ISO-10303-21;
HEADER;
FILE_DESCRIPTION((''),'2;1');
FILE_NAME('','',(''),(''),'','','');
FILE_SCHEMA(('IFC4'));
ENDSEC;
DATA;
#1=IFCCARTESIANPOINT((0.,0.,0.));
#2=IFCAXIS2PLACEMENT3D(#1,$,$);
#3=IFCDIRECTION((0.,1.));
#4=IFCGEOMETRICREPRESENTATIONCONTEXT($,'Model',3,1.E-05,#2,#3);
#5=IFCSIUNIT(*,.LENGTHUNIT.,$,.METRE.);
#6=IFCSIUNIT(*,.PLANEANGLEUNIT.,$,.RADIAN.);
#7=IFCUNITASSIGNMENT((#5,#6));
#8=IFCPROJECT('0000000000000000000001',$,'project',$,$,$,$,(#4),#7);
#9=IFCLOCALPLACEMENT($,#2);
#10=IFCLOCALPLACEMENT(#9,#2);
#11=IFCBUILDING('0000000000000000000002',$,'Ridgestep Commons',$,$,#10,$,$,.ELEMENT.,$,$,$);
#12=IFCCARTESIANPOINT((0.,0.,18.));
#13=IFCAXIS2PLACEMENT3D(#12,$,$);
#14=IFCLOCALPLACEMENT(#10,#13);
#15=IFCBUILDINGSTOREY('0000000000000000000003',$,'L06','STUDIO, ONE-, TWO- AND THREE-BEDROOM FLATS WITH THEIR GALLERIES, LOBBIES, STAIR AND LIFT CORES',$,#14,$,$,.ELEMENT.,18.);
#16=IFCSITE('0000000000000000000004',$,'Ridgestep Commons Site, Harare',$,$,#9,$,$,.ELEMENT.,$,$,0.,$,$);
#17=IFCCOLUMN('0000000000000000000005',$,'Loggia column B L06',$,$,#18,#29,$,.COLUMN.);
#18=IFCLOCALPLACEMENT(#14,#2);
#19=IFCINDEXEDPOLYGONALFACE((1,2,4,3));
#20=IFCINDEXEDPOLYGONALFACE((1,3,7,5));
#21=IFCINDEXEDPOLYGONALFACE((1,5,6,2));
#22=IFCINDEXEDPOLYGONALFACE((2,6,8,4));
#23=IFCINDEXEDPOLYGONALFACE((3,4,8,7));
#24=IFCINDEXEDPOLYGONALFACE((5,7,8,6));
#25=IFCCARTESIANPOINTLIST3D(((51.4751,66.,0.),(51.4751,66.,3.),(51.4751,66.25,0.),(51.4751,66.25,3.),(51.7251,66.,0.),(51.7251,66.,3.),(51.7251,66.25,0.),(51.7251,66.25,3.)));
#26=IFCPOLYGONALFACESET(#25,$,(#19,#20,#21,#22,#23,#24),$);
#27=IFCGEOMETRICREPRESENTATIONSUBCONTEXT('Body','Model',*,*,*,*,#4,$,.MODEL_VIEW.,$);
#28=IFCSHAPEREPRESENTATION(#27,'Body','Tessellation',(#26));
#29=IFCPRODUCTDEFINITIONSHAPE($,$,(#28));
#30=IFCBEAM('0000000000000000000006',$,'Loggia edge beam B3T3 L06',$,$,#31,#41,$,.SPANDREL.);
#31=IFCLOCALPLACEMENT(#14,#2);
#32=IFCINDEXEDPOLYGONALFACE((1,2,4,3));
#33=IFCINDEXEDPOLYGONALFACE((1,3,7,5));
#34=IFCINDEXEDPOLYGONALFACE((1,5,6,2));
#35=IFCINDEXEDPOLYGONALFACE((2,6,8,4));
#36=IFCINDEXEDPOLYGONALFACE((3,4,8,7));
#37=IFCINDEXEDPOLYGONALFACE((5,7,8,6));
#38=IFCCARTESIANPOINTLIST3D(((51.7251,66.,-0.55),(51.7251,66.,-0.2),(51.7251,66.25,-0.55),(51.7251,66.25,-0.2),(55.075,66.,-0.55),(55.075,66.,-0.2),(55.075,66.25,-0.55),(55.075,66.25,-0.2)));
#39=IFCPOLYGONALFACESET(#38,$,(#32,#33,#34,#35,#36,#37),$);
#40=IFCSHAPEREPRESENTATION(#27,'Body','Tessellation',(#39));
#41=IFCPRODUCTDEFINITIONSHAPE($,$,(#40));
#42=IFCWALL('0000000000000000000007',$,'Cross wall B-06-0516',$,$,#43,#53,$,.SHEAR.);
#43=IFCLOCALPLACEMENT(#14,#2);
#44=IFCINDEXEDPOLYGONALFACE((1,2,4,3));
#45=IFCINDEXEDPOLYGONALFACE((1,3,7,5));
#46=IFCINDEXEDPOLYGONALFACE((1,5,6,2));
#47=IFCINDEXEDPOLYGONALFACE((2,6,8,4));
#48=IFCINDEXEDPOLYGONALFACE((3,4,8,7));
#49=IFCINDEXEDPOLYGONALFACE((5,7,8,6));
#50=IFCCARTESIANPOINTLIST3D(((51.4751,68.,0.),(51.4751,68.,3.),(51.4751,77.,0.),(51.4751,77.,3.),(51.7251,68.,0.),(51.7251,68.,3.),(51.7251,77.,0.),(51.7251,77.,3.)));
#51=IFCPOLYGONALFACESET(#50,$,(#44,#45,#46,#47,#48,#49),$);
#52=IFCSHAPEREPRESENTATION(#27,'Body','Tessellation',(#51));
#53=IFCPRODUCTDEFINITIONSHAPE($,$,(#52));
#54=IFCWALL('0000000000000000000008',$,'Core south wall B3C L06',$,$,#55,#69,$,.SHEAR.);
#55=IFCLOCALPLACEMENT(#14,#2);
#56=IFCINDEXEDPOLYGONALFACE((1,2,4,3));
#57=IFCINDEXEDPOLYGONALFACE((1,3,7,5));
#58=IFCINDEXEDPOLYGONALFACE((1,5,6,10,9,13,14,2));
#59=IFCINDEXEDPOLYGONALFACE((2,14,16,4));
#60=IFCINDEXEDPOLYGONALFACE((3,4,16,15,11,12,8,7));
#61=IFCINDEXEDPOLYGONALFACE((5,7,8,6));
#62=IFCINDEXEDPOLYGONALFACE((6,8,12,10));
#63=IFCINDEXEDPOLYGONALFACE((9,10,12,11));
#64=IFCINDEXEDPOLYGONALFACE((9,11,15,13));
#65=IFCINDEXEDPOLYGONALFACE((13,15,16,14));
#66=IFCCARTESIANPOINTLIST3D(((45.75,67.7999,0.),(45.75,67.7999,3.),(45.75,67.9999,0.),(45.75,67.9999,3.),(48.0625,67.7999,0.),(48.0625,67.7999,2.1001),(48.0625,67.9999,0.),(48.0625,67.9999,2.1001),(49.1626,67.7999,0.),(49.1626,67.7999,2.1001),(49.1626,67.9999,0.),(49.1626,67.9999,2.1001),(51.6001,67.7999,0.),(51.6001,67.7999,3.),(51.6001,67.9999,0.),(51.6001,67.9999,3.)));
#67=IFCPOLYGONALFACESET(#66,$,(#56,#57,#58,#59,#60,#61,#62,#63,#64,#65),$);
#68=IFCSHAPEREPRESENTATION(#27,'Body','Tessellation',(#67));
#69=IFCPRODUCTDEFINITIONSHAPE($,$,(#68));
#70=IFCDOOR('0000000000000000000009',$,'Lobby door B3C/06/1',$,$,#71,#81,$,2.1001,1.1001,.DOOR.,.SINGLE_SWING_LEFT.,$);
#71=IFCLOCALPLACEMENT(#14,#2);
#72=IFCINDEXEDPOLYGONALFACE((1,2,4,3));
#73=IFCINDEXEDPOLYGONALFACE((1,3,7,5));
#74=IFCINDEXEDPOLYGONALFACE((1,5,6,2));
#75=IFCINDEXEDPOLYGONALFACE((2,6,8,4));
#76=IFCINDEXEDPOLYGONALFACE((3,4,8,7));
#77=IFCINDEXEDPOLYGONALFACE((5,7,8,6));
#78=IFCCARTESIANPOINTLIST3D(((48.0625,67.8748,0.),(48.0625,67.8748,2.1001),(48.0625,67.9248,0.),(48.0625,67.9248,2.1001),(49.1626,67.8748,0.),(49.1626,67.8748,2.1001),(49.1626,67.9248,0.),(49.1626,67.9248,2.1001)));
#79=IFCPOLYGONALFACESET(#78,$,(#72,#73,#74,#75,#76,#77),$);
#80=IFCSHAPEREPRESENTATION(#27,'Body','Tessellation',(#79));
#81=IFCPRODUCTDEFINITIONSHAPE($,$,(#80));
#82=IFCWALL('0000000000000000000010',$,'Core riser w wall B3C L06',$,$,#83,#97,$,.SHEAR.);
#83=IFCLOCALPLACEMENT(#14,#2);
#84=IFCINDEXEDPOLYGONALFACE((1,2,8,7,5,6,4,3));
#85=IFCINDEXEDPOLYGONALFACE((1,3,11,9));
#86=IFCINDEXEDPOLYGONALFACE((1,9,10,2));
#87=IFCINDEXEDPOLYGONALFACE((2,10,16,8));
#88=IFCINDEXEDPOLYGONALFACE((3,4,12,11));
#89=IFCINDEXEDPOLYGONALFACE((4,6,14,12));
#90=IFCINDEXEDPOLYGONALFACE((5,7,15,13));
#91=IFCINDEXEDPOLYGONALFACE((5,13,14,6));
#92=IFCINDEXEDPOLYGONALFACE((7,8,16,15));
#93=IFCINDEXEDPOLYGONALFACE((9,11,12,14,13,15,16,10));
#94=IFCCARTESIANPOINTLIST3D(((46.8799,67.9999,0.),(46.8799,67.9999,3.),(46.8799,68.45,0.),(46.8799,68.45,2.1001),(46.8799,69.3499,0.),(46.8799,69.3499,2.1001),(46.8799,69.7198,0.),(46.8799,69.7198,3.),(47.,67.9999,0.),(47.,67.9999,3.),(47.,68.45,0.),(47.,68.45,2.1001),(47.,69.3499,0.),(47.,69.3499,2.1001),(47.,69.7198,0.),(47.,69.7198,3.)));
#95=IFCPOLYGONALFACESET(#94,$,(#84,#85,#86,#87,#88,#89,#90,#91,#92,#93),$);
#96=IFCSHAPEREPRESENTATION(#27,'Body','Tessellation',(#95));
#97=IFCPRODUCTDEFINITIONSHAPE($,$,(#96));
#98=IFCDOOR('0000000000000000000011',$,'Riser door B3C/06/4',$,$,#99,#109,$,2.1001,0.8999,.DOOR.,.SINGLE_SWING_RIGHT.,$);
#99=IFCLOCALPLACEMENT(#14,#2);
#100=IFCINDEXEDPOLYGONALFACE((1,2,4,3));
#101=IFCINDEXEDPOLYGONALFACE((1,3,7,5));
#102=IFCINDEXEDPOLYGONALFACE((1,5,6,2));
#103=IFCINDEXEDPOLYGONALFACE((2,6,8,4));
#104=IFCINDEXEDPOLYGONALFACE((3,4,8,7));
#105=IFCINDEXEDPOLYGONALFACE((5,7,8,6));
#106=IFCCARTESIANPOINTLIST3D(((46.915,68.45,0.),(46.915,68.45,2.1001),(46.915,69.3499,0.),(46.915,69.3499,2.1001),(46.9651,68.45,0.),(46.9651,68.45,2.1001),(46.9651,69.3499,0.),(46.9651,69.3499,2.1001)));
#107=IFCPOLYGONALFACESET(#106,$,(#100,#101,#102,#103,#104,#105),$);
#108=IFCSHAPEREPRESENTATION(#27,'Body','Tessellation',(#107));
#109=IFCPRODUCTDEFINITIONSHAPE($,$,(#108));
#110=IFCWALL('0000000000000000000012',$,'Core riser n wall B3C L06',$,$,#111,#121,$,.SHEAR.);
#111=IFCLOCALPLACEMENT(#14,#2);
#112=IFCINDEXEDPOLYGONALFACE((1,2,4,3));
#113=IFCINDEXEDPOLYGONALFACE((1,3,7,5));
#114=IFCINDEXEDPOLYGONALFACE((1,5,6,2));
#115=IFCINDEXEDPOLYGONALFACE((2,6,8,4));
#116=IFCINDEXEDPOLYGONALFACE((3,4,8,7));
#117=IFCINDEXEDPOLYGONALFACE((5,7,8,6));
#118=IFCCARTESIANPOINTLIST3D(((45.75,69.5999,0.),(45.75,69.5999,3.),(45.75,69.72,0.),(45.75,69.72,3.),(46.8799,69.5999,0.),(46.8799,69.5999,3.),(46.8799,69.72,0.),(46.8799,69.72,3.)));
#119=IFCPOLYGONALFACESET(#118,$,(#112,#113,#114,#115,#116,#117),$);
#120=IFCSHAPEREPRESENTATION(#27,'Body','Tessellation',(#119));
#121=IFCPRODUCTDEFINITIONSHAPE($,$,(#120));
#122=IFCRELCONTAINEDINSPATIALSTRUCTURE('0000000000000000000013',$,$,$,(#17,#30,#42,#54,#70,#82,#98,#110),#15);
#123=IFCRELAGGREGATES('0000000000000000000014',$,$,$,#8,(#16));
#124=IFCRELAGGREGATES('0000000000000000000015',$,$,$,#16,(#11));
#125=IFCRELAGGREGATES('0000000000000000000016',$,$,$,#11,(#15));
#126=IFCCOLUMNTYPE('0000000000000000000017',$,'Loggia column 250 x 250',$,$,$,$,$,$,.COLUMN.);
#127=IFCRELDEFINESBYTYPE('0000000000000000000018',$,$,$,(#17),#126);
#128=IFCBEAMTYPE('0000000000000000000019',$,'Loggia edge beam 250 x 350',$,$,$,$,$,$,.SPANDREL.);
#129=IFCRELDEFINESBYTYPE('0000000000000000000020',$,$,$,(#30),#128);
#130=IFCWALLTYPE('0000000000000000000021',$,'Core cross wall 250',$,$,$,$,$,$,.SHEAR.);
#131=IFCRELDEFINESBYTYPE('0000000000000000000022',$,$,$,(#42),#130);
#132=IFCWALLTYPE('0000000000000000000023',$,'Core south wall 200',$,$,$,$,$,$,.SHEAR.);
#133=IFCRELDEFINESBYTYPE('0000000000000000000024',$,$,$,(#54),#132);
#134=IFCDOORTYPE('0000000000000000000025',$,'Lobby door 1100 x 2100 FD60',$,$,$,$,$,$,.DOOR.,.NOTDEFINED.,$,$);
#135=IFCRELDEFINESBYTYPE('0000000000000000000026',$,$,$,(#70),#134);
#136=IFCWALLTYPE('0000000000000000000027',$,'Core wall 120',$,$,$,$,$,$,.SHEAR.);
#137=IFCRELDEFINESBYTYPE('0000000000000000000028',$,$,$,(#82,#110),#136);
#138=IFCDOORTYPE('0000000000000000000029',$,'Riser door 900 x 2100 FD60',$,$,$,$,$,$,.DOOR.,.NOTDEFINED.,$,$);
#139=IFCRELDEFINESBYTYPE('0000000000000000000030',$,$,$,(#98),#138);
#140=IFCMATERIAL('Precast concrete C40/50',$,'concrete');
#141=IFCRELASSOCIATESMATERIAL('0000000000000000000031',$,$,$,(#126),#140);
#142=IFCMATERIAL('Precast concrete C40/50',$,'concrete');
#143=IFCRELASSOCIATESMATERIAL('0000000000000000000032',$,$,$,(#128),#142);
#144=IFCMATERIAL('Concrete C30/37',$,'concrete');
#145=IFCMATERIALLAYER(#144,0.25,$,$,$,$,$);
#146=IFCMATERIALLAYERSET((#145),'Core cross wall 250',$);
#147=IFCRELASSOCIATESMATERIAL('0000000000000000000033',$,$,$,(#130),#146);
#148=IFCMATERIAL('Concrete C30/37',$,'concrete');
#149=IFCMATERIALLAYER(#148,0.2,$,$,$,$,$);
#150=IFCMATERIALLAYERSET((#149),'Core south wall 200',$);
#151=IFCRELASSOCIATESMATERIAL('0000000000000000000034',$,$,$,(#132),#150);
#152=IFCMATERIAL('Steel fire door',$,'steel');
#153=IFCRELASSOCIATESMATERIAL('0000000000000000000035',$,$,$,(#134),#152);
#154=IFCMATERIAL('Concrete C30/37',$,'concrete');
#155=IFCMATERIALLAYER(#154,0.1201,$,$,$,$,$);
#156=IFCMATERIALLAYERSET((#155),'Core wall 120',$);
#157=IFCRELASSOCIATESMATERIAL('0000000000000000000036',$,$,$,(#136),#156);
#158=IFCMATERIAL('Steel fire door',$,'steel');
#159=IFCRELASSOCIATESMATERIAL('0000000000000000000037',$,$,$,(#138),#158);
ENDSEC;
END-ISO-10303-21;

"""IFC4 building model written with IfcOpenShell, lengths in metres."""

from ifc_helpers import new_model, si_unit, direction, frame, frame_2d, origin, origin_2d, place, context, subcontext, project, spatial, rectangle, extrude, material, layer, layer_set, material_profile, profile_set, type_object, element, fill, save


model = new_model("IFC4")

# Units and contexts
model_context = context("Model", 3, precision=1e-05, world=origin(), true_north=direction((0.0, 1.0)))
body_context = subcontext(model_context, "Body", "Model", "MODEL_VIEW")
ifc_project = project(units=[si_unit("LENGTHUNIT", "METRE"), si_unit("PLANEANGLEUNIT", "RADIAN")], contexts=[model_context])

# Site, building, storey
site_placement = place(None, origin())
site = spatial("IfcSite", under=ifc_project, at=site_placement, Name="Ridgestep Commons Site, Harare", CompositionType="ELEMENT", RefElevation=0.0)
building_placement = place(site_placement, origin())
building = spatial("IfcBuilding", under=site, at=building_placement, Name="Ridgestep Commons", CompositionType="ELEMENT")
storey_placement = place(building_placement, frame((0.0, 0.0, 18.0)))
storey = spatial("IfcBuildingStorey", under=building, at=storey_placement, Name="L06", Description="STUDIO, ONE-, TWO- AND THREE-BEDROOM FLATS WITH THEIR GALLERIES, LOBBIES, STAIR AND LIFT CORES", CompositionType="ELEMENT", Elevation=18.0)

# Column
ifc_material_1 = material(Name="Precast concrete C40/50", Category="concrete")
ifc_material_profile_1 = material_profile(ifc_material_1, rectangle(XDim=0.25, YDim=0.25, at=origin_2d()), Name="PC 250x250")
ifc_profile_set_1 = profile_set([ifc_material_profile_1], Name="Precast concrete C40/50")
column_type = type_object("IfcColumnType", Name="Loggia column 250 x 250", PredefinedType="COLUMN", material=ifc_profile_set_1)
column_placement = place(storey_placement, frame((51.6001, 66.125, 0.0), z_axis=(0.0, 0.0, 1.0), x_axis=(1.0, 0.0, 0.0)))
element("IfcColumn", 1, at=column_placement, inside=storey, type_object=column_type, Name="Loggia column B L06", PredefinedType="COLUMN", context=body_context, shape_type="SweptSolid", body=[
    extrude(rectangle(XDim=0.25, YDim=0.25, at=origin_2d()), origin(), (0.0, 0.0, 1.0), 3.0),
])

# Beam
ifc_material_2 = material(Name="Precast concrete C40/50", Category="concrete")
ifc_material_profile_2 = material_profile(ifc_material_2, rectangle(XDim=0.25, YDim=0.3501, at=origin_2d()), Name="PC 250x350")
ifc_profile_set_2 = profile_set([ifc_material_profile_2], Name="Precast concrete C40/50")
beam_type = type_object("IfcBeamType", Name="Loggia edge beam 250 x 350", PredefinedType="SPANDREL", material=ifc_profile_set_2)
beam_placement = place(storey_placement, frame((51.7251, 66.125, -0.375), z_axis=(1.0, 0.0, 0.0), x_axis=(0.0, 1.0, 0.0)))
element("IfcBeam", 2, at=beam_placement, inside=storey, type_object=beam_type, Name="Loggia edge beam B3T3 L06", PredefinedType="SPANDREL", context=body_context, shape_type="SweptSolid", body=[
    extrude(rectangle(XDim=0.25, YDim=0.3501, at=origin_2d()), origin(), (0.0, 0.0, 1.0), 3.3499),
])

# Wall
ifc_material_3 = material(Name="Concrete C30/37", Category="concrete")
ifc_layer_1 = layer(ifc_material_3, 0.25)
ifc_layer_set_1 = layer_set([ifc_layer_1], Name="Core cross wall 250")
wall_type_1 = type_object("IfcWallType", Name="Core cross wall 250", PredefinedType="SHEAR", material=ifc_layer_set_1)
wall_1_placement = place(storey_placement, frame((51.6001, 68.0, 0.0), z_axis=(0.0, 0.0, 1.0), x_axis=(0.0, 1.0, 0.0)))
element("IfcWall", 3, at=wall_1_placement, inside=storey, type_object=wall_type_1, Name="Cross wall B-06-0516", PredefinedType="SHEAR", context=body_context, shape_type="SweptSolid", body=[
    extrude(rectangle(XDim=9.0, YDim=0.25, at=frame_2d((4.5, 0.0))), origin(), (0.0, 0.0, 1.0), 3.0),
])

# Walls, openings, doors
ifc_material_4 = material(Name="Concrete C30/37", Category="concrete")
ifc_layer_2 = layer(ifc_material_4, 0.2)
ifc_layer_set_2 = layer_set([ifc_layer_2], Name="Core south wall 200")
wall_type_2 = type_object("IfcWallType", Name="Core south wall 200", PredefinedType="SHEAR", material=ifc_layer_set_2)
wall_2_placement = place(storey_placement, frame((45.75, 67.8999, 0.0), z_axis=(0.0, 0.0, 1.0), x_axis=(1.0, 0.0, 0.0)))
wall_2 = element("IfcWall", 4, at=wall_2_placement, inside=storey, type_object=wall_type_2, Name="Core south wall B3C L06", PredefinedType="SHEAR", context=body_context, shape_type="SweptSolid", body=[
    extrude(rectangle(XDim=5.8501, YDim=0.2, at=frame_2d((2.925, 0.0))), origin(), (0.0, 0.0, 1.0), 3.0),
])
opening_1_placement = place(wall_2_placement, frame((2.3125, 0.0, 0.0)))
opening_1 = element("IfcOpeningElement", 5, at=opening_1_placement, cuts=wall_2, PredefinedType="OPENING", context=body_context, shape_type="SweptSolid", body=[
    extrude(rectangle(XDim=1.1001, YDim=2.1001, at=frame_2d((0.55, 1.05))), frame((0.0, 0.1099, 0.0), z_axis=(0.0, -1.0, 0.0), x_axis=(1.0, 0.0, 0.0)), (0.0, 0.0, 1.0), 0.22),
])
ifc_material_5 = material(Name="Steel fire door", Category="steel")
door_type_1 = type_object("IfcDoorType", Name="Lobby door 1100 x 2100 FD60", OperationType="NOTDEFINED", PredefinedType="DOOR", material=ifc_material_5)
door_1_placement = place(opening_1_placement, origin())
door_1 = element("IfcDoor", 6, at=door_1_placement, inside=storey, type_object=door_type_1, Name="Lobby door B3C/06/1", OperationType="SINGLE_SWING_LEFT", OverallHeight=2.1001, OverallWidth=1.1001, PredefinedType="DOOR", context=body_context, shape_type="SweptSolid", body=[
    extrude(rectangle(XDim=1.1001, YDim=2.1001, at=frame_2d((0.55, 1.05))), frame((0.0, 0.0249, 0.0), z_axis=(0.0, -1.0, 0.0), x_axis=(1.0, 0.0, 0.0)), (0.0, 0.0, 1.0), 0.05),
])
fill(opening_1, door_1)
ifc_material_6 = material(Name="Concrete C30/37", Category="concrete")
ifc_layer_3 = layer(ifc_material_6, 0.1201)
ifc_layer_set_3 = layer_set([ifc_layer_3], Name="Core wall 120")
wall_type_3 = type_object("IfcWallType", Name="Core wall 120", PredefinedType="SHEAR", material=ifc_layer_set_3)
wall_3_placement = place(storey_placement, frame((46.9399, 68.0, 0.0), z_axis=(0.0, 0.0, 1.0), x_axis=(0.0, 1.0, 0.0)))
wall_3 = element("IfcWall", 7, at=wall_3_placement, inside=storey, type_object=wall_type_3, Name="Core riser w wall B3C L06", PredefinedType="SHEAR", context=body_context, shape_type="SweptSolid", body=[
    extrude(rectangle(XDim=1.72, YDim=0.1201, at=frame_2d((0.8599, 0.0))), origin(), (0.0, 0.0, 1.0), 3.0),
])
opening_2_placement = place(wall_3_placement, frame((0.45, 0.0, 0.0)))
opening_2 = element("IfcOpeningElement", 8, at=opening_2_placement, cuts=wall_3, PredefinedType="OPENING", context=body_context, shape_type="SweptSolid", body=[
    extrude(rectangle(XDim=0.8999, YDim=2.1001, at=frame_2d((0.45, 1.05))), frame((0.0, 0.0701, 0.0), z_axis=(0.0, -1.0, 0.0), x_axis=(1.0, 0.0, 0.0)), (0.0, 0.0, 1.0), 0.1401),
])
ifc_material_7 = material(Name="Steel fire door", Category="steel")
door_type_2 = type_object("IfcDoorType", Name="Riser door 900 x 2100 FD60", OperationType="NOTDEFINED", PredefinedType="DOOR", material=ifc_material_7)
door_2_placement = place(opening_2_placement, origin())
door_2 = element("IfcDoor", 9, at=door_2_placement, inside=storey, type_object=door_type_2, Name="Riser door B3C/06/4", OperationType="SINGLE_SWING_RIGHT", OverallHeight=2.1001, OverallWidth=0.8999, PredefinedType="DOOR", context=body_context, shape_type="SweptSolid", body=[
    extrude(rectangle(XDim=0.8999, YDim=2.1001, at=frame_2d((0.45, 1.05))), frame((0.0, 0.0249, 0.0), z_axis=(0.0, -1.0, 0.0), x_axis=(1.0, 0.0, 0.0)), (0.0, 0.0, 1.0), 0.05),
])
fill(opening_2, door_2)

# Wall
wall_4_placement = place(storey_placement, frame((45.75, 69.6599, 0.0), z_axis=(0.0, 0.0, 1.0), x_axis=(1.0, 0.0, 0.0)))
element("IfcWall", 10, at=wall_4_placement, inside=storey, type_object=wall_type_3, Name="Core riser n wall B3C L06", PredefinedType="SHEAR", context=body_context, shape_type="SweptSolid", body=[
    extrude(rectangle(XDim=1.1299, YDim=0.1201, at=frame_2d((0.5649, 0.0))), origin(), (0.0, 0.0, 1.0), 3.0),
])

save(model, "model.ifc")
